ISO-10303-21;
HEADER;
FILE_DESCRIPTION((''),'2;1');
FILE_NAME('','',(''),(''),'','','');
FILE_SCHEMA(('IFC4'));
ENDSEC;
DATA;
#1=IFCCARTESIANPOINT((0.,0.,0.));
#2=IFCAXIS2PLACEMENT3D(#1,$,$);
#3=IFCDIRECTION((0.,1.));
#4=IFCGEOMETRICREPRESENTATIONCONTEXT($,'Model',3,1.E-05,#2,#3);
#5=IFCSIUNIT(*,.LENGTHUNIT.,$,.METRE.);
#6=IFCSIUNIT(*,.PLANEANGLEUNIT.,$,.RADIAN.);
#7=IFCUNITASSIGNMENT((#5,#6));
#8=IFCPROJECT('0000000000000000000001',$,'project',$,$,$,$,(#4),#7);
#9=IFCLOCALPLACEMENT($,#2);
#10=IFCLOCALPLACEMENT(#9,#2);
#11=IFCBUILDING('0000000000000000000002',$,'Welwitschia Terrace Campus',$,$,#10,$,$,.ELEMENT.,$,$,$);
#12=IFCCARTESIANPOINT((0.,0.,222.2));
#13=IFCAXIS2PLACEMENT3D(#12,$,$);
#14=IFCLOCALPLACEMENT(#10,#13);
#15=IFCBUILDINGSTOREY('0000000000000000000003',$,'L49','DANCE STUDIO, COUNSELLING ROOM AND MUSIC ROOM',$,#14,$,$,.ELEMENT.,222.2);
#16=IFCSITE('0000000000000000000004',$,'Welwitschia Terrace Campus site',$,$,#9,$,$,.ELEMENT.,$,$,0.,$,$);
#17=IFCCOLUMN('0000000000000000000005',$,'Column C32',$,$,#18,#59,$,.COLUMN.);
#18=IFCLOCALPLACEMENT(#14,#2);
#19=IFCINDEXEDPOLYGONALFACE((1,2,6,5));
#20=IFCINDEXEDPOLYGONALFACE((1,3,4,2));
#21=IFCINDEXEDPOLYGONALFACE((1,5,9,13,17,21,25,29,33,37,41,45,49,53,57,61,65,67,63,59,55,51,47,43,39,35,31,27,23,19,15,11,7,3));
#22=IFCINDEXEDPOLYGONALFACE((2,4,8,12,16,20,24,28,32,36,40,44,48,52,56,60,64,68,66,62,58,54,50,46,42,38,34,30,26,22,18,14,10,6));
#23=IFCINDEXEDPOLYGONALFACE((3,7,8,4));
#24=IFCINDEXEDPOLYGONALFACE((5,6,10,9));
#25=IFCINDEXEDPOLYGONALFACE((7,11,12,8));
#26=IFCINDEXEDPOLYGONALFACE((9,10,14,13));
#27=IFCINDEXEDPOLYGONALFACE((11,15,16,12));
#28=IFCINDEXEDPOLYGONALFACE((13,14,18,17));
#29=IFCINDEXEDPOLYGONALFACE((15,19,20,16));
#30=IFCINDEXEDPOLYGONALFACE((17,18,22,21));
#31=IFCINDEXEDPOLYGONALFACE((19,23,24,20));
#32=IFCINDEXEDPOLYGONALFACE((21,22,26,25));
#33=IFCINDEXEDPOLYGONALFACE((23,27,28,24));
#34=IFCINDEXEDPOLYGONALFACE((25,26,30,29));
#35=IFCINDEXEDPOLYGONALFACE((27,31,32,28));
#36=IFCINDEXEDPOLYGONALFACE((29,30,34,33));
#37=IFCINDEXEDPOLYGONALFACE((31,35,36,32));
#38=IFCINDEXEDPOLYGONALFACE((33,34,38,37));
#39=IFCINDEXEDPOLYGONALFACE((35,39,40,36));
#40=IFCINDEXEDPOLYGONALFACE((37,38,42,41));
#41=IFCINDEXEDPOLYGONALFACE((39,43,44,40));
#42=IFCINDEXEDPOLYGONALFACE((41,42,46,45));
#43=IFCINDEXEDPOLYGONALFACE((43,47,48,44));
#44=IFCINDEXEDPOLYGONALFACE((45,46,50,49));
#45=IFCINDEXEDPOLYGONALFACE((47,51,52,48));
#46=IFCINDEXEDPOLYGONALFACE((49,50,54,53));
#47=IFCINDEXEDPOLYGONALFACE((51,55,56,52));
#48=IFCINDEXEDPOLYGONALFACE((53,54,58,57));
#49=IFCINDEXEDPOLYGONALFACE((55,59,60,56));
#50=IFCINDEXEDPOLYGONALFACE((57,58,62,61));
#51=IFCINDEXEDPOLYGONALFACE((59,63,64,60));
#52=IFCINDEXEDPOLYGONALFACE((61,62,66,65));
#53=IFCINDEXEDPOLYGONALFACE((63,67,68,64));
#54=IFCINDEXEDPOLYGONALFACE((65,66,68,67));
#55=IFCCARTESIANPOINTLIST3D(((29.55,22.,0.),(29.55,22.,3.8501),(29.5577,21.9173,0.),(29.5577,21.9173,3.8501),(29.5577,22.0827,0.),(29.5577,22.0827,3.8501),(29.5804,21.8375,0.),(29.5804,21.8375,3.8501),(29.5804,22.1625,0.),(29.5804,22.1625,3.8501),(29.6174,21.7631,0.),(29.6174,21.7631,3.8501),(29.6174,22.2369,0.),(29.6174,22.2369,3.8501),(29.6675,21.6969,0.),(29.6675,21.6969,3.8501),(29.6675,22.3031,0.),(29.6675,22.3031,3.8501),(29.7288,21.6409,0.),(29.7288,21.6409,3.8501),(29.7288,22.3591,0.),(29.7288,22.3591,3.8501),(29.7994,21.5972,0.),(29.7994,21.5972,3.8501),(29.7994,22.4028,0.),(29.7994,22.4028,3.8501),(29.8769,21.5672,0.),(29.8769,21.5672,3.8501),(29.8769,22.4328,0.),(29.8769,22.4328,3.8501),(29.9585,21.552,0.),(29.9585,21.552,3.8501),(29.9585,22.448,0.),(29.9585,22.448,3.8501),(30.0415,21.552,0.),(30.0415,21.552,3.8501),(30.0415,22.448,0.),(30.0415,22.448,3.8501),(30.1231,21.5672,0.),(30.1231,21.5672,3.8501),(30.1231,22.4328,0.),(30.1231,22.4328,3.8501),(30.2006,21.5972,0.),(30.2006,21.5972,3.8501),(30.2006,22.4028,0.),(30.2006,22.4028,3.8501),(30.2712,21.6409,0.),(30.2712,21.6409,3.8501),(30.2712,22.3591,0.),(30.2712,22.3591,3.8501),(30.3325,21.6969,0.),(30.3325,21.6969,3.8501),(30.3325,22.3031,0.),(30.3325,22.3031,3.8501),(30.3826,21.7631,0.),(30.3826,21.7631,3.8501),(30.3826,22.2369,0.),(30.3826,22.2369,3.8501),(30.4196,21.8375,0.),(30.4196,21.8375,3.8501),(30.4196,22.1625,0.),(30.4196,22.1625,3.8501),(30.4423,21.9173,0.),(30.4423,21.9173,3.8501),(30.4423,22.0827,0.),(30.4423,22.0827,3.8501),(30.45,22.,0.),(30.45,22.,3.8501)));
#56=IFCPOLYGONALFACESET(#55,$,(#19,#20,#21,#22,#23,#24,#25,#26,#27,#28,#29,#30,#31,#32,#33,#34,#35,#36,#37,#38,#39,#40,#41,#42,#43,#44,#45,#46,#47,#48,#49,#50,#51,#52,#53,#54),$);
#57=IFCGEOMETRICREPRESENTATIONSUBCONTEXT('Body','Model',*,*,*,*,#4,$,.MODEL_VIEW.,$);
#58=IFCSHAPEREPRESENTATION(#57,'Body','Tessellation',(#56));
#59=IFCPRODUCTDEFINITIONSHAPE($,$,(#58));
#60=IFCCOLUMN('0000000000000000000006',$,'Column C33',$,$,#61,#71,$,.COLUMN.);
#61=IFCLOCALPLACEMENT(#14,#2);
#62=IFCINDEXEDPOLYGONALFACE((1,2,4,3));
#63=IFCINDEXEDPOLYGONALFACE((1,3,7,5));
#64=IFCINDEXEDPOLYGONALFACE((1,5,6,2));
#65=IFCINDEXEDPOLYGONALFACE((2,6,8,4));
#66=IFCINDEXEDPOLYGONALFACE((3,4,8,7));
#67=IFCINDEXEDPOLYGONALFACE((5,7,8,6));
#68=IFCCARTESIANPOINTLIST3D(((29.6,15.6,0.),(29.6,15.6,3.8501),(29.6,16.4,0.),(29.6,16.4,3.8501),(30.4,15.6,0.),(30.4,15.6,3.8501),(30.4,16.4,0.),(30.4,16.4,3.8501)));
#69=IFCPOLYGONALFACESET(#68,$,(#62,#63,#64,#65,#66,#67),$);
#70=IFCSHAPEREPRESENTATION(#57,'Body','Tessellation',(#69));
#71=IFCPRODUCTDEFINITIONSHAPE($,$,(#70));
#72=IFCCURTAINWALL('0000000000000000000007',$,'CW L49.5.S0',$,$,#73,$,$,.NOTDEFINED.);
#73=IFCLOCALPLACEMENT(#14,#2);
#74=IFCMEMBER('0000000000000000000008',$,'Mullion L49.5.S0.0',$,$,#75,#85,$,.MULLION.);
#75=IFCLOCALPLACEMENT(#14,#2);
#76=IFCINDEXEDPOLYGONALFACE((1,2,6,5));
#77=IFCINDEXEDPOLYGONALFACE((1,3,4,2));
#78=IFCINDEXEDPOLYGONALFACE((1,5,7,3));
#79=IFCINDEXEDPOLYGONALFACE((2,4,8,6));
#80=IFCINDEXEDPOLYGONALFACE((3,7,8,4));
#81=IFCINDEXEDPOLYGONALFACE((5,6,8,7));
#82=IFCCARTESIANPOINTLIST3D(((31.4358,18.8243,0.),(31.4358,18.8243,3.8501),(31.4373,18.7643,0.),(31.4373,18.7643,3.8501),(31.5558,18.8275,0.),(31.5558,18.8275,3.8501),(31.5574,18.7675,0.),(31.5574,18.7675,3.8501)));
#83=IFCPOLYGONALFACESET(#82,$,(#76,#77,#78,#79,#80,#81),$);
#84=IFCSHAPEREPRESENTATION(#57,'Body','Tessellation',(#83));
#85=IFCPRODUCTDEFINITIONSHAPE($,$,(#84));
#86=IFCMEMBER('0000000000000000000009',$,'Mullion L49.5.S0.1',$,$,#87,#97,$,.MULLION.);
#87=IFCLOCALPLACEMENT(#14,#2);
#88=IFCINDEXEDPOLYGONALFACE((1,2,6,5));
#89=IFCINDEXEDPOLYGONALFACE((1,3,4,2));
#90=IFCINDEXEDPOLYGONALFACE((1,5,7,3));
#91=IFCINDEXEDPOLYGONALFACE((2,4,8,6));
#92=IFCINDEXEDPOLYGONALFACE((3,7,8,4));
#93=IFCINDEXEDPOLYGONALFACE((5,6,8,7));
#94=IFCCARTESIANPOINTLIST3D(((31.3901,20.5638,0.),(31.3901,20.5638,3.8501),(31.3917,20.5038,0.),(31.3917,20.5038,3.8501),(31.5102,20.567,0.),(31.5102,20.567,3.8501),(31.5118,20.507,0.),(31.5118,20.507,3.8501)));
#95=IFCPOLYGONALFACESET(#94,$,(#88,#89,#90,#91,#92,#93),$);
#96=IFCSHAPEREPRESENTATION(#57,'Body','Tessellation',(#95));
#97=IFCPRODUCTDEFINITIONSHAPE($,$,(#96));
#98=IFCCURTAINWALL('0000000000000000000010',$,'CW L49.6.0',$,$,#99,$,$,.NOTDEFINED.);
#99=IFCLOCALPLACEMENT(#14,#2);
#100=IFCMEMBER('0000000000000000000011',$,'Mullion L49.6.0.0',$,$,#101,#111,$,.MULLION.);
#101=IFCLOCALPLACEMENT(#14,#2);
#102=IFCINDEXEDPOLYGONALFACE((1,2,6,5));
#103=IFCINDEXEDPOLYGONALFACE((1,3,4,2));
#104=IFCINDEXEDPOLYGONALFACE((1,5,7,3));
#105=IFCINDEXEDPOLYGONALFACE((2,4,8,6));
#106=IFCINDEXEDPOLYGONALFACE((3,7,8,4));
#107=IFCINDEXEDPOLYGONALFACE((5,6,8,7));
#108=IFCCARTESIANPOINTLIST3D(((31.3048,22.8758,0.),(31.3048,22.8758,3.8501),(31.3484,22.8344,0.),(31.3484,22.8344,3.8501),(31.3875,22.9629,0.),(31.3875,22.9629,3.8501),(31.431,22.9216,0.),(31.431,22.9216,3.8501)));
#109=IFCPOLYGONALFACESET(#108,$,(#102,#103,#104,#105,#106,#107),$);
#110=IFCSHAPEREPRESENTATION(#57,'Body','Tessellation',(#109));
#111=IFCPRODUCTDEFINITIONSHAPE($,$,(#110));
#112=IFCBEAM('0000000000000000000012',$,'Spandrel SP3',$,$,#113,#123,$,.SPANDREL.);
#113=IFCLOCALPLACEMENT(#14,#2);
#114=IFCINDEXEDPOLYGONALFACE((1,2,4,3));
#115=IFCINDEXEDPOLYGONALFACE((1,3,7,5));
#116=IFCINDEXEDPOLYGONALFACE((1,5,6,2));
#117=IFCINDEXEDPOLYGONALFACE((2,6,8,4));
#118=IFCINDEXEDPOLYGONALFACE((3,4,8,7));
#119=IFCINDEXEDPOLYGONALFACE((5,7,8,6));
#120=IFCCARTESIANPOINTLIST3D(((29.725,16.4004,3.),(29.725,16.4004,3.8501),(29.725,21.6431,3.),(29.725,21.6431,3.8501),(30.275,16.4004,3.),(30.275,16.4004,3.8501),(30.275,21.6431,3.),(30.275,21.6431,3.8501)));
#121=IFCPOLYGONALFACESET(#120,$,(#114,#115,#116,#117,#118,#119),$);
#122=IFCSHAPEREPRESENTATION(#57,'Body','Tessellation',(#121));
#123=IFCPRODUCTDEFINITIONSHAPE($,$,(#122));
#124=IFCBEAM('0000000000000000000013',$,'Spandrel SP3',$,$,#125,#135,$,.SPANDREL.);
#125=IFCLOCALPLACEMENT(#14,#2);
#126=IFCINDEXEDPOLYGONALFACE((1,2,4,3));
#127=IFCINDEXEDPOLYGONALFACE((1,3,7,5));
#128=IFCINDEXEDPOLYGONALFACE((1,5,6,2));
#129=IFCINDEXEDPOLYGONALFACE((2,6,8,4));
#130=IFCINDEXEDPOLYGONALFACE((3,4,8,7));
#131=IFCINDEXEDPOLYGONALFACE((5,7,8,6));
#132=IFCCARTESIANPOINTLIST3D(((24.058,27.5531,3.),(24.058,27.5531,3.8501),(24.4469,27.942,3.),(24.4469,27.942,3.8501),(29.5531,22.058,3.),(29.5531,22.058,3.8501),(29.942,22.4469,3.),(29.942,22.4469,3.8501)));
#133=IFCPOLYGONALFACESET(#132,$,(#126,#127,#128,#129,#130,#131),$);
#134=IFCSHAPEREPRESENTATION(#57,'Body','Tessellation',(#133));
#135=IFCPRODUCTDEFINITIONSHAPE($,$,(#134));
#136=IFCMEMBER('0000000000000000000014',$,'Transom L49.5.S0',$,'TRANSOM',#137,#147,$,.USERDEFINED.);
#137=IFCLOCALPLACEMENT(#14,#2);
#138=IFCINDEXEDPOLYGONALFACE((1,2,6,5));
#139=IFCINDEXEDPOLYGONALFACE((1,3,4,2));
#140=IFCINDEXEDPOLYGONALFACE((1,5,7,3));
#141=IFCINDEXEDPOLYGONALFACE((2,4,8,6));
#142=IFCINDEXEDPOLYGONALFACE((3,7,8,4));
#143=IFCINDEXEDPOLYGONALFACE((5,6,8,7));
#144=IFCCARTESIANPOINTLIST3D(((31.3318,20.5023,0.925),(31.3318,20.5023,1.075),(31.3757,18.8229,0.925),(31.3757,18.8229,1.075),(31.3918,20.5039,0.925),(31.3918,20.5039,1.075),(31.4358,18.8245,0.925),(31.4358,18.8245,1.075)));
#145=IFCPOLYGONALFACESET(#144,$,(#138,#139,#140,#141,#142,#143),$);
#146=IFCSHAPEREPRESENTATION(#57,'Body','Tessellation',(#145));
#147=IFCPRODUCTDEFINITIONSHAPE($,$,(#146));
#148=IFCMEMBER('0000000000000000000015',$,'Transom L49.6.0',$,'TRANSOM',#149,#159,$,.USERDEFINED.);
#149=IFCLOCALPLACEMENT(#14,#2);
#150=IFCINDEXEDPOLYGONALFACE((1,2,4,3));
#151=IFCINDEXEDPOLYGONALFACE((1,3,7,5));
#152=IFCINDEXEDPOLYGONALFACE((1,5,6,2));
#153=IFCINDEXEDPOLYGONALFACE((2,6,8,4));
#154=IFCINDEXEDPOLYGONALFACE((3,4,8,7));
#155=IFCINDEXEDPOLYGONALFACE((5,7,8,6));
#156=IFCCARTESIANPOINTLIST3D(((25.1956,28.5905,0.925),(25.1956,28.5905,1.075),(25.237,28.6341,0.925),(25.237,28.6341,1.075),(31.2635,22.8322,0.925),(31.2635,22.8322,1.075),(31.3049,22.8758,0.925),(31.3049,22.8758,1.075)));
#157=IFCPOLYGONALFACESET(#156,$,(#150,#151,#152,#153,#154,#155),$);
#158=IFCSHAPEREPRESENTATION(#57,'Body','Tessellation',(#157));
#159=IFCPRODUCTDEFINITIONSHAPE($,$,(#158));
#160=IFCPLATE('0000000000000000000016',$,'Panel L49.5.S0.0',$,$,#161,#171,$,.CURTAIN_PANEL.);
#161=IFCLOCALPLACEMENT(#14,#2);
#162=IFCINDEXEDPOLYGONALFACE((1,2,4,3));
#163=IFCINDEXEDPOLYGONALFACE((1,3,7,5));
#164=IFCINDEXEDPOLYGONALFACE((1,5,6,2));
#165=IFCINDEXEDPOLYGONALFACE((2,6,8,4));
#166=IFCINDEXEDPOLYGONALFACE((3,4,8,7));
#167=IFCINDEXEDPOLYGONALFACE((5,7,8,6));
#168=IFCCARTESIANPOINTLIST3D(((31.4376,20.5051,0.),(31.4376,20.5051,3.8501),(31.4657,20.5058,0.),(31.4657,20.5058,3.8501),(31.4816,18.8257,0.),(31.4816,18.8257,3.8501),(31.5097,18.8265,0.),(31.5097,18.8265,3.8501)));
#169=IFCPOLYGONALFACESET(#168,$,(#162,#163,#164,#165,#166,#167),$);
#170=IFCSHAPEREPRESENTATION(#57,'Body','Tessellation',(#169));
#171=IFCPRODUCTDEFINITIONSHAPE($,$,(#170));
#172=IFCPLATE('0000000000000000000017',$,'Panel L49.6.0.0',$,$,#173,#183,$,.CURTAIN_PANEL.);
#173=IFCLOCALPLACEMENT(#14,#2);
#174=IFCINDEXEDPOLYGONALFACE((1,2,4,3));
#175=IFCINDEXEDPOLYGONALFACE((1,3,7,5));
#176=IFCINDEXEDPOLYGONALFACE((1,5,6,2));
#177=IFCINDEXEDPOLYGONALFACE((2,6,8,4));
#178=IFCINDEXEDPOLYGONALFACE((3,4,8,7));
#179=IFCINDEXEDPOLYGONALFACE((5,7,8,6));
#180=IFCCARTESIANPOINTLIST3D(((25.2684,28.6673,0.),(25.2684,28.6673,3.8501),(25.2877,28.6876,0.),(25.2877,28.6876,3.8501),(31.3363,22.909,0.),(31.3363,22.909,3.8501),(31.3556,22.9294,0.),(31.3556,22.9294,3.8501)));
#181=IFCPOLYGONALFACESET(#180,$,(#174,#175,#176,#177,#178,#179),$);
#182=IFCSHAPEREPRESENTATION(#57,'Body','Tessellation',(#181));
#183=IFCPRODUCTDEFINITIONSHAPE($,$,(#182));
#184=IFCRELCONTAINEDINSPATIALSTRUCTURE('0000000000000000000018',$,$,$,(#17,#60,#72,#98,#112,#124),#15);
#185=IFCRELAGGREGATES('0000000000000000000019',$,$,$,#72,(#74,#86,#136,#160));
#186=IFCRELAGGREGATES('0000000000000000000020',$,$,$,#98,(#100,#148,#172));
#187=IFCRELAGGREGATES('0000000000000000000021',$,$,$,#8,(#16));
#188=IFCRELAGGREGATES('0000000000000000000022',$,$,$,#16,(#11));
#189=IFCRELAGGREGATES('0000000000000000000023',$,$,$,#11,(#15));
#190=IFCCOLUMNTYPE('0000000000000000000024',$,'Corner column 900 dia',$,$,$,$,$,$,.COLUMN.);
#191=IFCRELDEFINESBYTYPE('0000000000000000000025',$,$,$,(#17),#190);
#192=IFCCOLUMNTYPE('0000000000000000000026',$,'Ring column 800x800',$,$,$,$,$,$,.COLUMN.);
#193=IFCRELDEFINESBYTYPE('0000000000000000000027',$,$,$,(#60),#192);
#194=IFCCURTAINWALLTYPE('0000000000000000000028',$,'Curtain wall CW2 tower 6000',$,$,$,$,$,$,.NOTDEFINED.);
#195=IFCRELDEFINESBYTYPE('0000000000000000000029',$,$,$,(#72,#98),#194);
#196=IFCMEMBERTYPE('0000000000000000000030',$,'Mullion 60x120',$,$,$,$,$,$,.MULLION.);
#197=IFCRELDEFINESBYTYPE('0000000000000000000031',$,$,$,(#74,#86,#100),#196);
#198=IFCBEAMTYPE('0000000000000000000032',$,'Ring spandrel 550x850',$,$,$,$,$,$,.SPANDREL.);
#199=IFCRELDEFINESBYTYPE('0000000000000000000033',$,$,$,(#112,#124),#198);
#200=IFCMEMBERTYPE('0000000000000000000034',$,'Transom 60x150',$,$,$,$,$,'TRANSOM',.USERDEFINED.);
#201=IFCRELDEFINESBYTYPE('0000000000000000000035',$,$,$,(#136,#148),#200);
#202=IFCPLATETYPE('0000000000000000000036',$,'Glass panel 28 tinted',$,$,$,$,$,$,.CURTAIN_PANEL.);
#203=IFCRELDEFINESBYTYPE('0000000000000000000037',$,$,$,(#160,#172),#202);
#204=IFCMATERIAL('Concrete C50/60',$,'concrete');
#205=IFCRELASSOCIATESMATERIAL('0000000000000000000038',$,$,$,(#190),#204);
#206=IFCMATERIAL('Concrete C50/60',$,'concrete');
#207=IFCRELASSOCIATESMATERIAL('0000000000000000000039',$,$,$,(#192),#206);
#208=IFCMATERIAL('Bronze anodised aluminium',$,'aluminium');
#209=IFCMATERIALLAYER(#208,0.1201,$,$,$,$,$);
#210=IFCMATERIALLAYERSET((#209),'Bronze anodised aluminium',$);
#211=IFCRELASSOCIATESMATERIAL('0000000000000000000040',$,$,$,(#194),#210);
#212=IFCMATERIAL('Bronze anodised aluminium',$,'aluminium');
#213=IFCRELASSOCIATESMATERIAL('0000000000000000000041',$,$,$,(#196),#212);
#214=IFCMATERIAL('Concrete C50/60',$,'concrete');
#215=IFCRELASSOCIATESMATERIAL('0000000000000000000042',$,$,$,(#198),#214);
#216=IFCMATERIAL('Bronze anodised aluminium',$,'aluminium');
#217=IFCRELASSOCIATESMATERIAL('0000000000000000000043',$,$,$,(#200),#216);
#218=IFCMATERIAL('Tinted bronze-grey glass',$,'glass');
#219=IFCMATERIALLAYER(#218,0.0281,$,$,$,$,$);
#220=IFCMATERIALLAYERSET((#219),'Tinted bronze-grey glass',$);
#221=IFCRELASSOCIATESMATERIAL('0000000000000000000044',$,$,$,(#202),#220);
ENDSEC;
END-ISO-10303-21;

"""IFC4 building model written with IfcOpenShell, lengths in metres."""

from ifc_helpers import new_model, si_unit, direction, frame, origin, origin_2d, place, context, subcontext, project, spatial, rectangle, circle, extrude, material, layer, layer_set, material_profile, profile_set, type_object, element, aggregate, save


model = new_model("IFC4")

# Units and contexts
model_context = context("Model", 3, precision=1e-05, world=origin(), true_north=direction((0.0, 1.0)))
body_context = subcontext(model_context, "Body", "Model", "MODEL_VIEW")
ifc_project = project(units=[si_unit("LENGTHUNIT", "METRE"), si_unit("PLANEANGLEUNIT", "RADIAN")], contexts=[model_context])

# Site, building, storey
site_placement = place(None, origin())
site = spatial("IfcSite", under=ifc_project, at=site_placement, Name="Welwitschia Terrace Campus site", CompositionType="ELEMENT", RefElevation=0.0)
building_placement = place(site_placement, origin())
building = spatial("IfcBuilding", under=site, at=building_placement, Name="Welwitschia Terrace Campus", CompositionType="ELEMENT")
storey_placement = place(building_placement, frame((0.0, 0.0, 222.2)))
storey = spatial("IfcBuildingStorey", under=building, at=storey_placement, Name="L49", Description="DANCE STUDIO, COUNSELLING ROOM AND MUSIC ROOM", CompositionType="ELEMENT", Elevation=222.2)

# Columns
ifc_material_1 = material(Name="Concrete C50/60", Category="concrete")
ifc_material_profile_1 = material_profile(ifc_material_1, circle(Radius=0.45, at=origin_2d()))
ifc_profile_set_1 = profile_set([ifc_material_profile_1], Name="Concrete C50/60")
column_type_1 = type_object("IfcColumnType", Name="Corner column 900 dia", PredefinedType="COLUMN", material=ifc_profile_set_1)
column_1_placement = place(storey_placement, frame((30.0, 22.0, 0.0), z_axis=(0.0, 0.0, 1.0), x_axis=(1.0, 0.0, 0.0)))
element("IfcColumn", 1, at=column_1_placement, inside=storey, type_object=column_type_1, Name="Column C32", PredefinedType="COLUMN", context=body_context, shape_type="SweptSolid", body=[
    extrude(circle(Radius=0.45, at=origin_2d()), origin(), (0.0, 0.0, 1.0), 3.8501),
])
ifc_material_2 = material(Name="Concrete C50/60", Category="concrete")
ifc_material_profile_2 = material_profile(ifc_material_2, rectangle(XDim=0.8, YDim=0.8, at=origin_2d()))
ifc_profile_set_2 = profile_set([ifc_material_profile_2], Name="Concrete C50/60")
column_type_2 = type_object("IfcColumnType", Name="Ring column 800x800", PredefinedType="COLUMN", material=ifc_profile_set_2)
column_2_placement = place(storey_placement, frame((30.0, 16.0, 0.0), z_axis=(0.0, 0.0, 1.0), x_axis=(1.0, 0.0, 0.0)))
element("IfcColumn", 2, at=column_2_placement, inside=storey, type_object=column_type_2, Name="Column C33", PredefinedType="COLUMN", context=body_context, shape_type="SweptSolid", body=[
    extrude(rectangle(XDim=0.8, YDim=0.8, at=origin_2d()), origin(), (0.0, 0.0, 1.0), 3.8501),
])

# Curtain wall, members
ifc_material_3 = material(Name="Bronze anodised aluminium", Category="aluminium")
ifc_layer_1 = layer(ifc_material_3, 0.1201)
ifc_layer_set_1 = layer_set([ifc_layer_1], Name="Bronze anodised aluminium")
curtain_wall_type = type_object("IfcCurtainWallType", Name="Curtain wall CW2 tower 6000", PredefinedType="NOTDEFINED", material=ifc_layer_set_1)
curtain_wall_1_placement = place(storey_placement, origin())
curtain_wall_1 = element("IfcCurtainWall", 3, at=curtain_wall_1_placement, inside=storey, type_object=curtain_wall_type, Name="CW L49.5.S0", PredefinedType="NOTDEFINED")
ifc_material_4 = material(Name="Bronze anodised aluminium", Category="aluminium")
ifc_material_profile_3 = material_profile(ifc_material_4, rectangle(XDim=0.1201, YDim=0.0601, at=origin_2d()))
ifc_profile_set_3 = profile_set([ifc_material_profile_3], Name="Bronze anodised aluminium")
member_type_1 = type_object("IfcMemberType", Name="Mullion 60x120", PredefinedType="MULLION", material=ifc_profile_set_3)
member_1_placement = place(storey_placement, frame((31.4966, 18.7959, 0.0), z_axis=(0.0, 0.0, 1.0), x_axis=(-0.999657, -0.026177, 0.0)))
member_1 = element("IfcMember", 4, at=member_1_placement, type_object=member_type_1, Name="Mullion L49.5.S0.0", PredefinedType="MULLION", context=body_context, shape_type="SweptSolid", body=[
    extrude(rectangle(XDim=0.1201, YDim=0.0601, at=origin_2d()), origin(), (0.0, 0.0, 1.0), 3.8501),
])
member_2_placement = place(storey_placement, frame((31.4509, 20.5354, 0.0), z_axis=(0.0, 0.0, 1.0), x_axis=(-0.999657, -0.026177, 0.0)))
member_2 = element("IfcMember", 5, at=member_2_placement, type_object=member_type_1, Name="Mullion L49.5.S0.1", PredefinedType="MULLION", context=body_context, shape_type="SweptSolid", body=[
    extrude(rectangle(XDim=0.1201, YDim=0.0601, at=origin_2d()), origin(), (0.0, 0.0, 1.0), 3.8501),
])

# Curtain wall, member
curtain_wall_2_placement = place(storey_placement, origin())
curtain_wall_2 = element("IfcCurtainWall", 6, at=curtain_wall_2_placement, inside=storey, type_object=curtain_wall_type, Name="CW L49.6.0", PredefinedType="NOTDEFINED")
member_3_placement = place(storey_placement, frame((31.3679, 22.8987, 0.0), z_axis=(0.0, 0.0, 1.0), x_axis=(-0.688355, -0.725374, 0.0)))
member_3 = element("IfcMember", 7, at=member_3_placement, type_object=member_type_1, Name="Mullion L49.6.0.0", PredefinedType="MULLION", context=body_context, shape_type="SweptSolid", body=[
    extrude(rectangle(XDim=0.1201, YDim=0.0601, at=origin_2d()), origin(), (0.0, 0.0, 1.0), 3.8501),
])

# Beams
ifc_material_5 = material(Name="Concrete C50/60", Category="concrete")
ifc_material_profile_4 = material_profile(ifc_material_5, rectangle(XDim=0.55, YDim=0.8501, at=origin_2d()))
ifc_profile_set_4 = profile_set([ifc_material_profile_4], Name="Concrete C50/60")
beam_type = type_object("IfcBeamType", Name="Ring spandrel 550x850", PredefinedType="SPANDREL", material=ifc_profile_set_4)
beam_1_placement = place(storey_placement, frame((30.0, 16.4004, 3.425), z_axis=(0.0, 1.0, 0.0), x_axis=(-1.0, 0.0, 0.0)))
element("IfcBeam", 8, at=beam_1_placement, inside=storey, type_object=beam_type, Name="Spandrel SP3", PredefinedType="SPANDREL", context=body_context, shape_type="SweptSolid", body=[
    extrude(rectangle(XDim=0.55, YDim=0.8501, at=origin_2d()), origin(), (0.0, 0.0, 1.0), 5.2427),
])
beam_2_placement = place(storey_placement, frame((29.7476, 22.2524, 3.425), z_axis=(-0.707107, 0.707107, 0.0), x_axis=(-0.707107, -0.707107, 0.0)))
element("IfcBeam", 9, at=beam_2_placement, inside=storey, type_object=beam_type, Name="Spandrel SP3", PredefinedType="SPANDREL", context=body_context, shape_type="SweptSolid", body=[
    extrude(rectangle(XDim=0.55, YDim=0.8501, at=origin_2d()), origin(), (0.0, 0.0, 1.0), 7.7712),
])

# Members
ifc_material_6 = material(Name="Bronze anodised aluminium", Category="aluminium")
ifc_material_profile_5 = material_profile(ifc_material_6, rectangle(XDim=0.0601, YDim=0.1499, at=origin_2d()))
ifc_profile_set_5 = profile_set([ifc_material_profile_5], Name="Bronze anodised aluminium")
member_type_2 = type_object("IfcMemberType", Name="Transom 60x150", ElementType="TRANSOM", PredefinedType="USERDEFINED", material=ifc_profile_set_5)
member_4_placement = place(storey_placement, frame((31.4058, 18.8237, 1.0), z_axis=(-0.026158, 0.999658, 0.0), x_axis=(-0.999658, -0.026158, 0.0)))
member_4 = element("IfcMember", 10, at=member_4_placement, type_object=member_type_2, Name="Transom L49.5.S0", ObjectType="TRANSOM", PredefinedType="USERDEFINED", context=body_context, shape_type="SweptSolid", body=[
    extrude(rectangle(XDim=0.0601, YDim=0.1499, at=origin_2d()), origin(), (0.0, 0.0, 1.0), 1.6799),
])
member_5_placement = place(storey_placement, frame((31.2842, 22.854, 1.0), z_axis=(-0.725368, 0.688361, 0.0), x_axis=(-0.688361, -0.725368, 0.0)))
member_5 = element("IfcMember", 11, at=member_5_placement, type_object=member_type_2, Name="Transom L49.6.0", ObjectType="TRANSOM", PredefinedType="USERDEFINED", context=body_context, shape_type="SweptSolid", body=[
    extrude(rectangle(XDim=0.0601, YDim=0.1499, at=origin_2d()), origin(), (0.0, 0.0, 1.0), 8.3652),
])

# Plates
ifc_material_7 = material(Name="Tinted bronze-grey glass", Category="glass")
ifc_layer_2 = layer(ifc_material_7, 0.0281)
ifc_layer_set_2 = layer_set([ifc_layer_2], Name="Tinted bronze-grey glass")
plate_type = type_object("IfcPlateType", Name="Glass panel 28 tinted", PredefinedType="CURTAIN_PANEL", material=ifc_layer_set_2)
plate_1_placement = place(storey_placement, frame((31.4736, 19.6658, 0.0), z_axis=(0.0, 0.0, 1.0), x_axis=(-0.026177, 0.999657, 0.0)))
plate_1 = element("IfcPlate", 12, at=plate_1_placement, type_object=plate_type, Name="Panel L49.5.S0.0", PredefinedType="CURTAIN_PANEL", context=body_context, shape_type="SweptSolid", body=[
    extrude(rectangle(XDim=1.6799, YDim=0.0281, at=origin_2d()), origin(), (0.0, 0.0, 1.0), 3.8501),
])
aggregate(curtain_wall_1, [member_1, member_2, member_4, plate_1])
plate_2_placement = place(storey_placement, frame((28.312, 25.7983, 0.0), z_axis=(0.0, 0.0, 1.0), x_axis=(-0.725374, 0.688355, 0.0)))
plate_2 = element("IfcPlate", 13, at=plate_2_placement, type_object=plate_type, Name="Panel L49.6.0.0", PredefinedType="CURTAIN_PANEL", context=body_context, shape_type="SweptSolid", body=[
    extrude(rectangle(XDim=8.3652, YDim=0.0281, at=origin_2d()), origin(), (0.0, 0.0, 1.0), 3.8501),
])
aggregate(curtain_wall_2, [member_3, member_5, plate_2])

save(model, "model.ifc")
